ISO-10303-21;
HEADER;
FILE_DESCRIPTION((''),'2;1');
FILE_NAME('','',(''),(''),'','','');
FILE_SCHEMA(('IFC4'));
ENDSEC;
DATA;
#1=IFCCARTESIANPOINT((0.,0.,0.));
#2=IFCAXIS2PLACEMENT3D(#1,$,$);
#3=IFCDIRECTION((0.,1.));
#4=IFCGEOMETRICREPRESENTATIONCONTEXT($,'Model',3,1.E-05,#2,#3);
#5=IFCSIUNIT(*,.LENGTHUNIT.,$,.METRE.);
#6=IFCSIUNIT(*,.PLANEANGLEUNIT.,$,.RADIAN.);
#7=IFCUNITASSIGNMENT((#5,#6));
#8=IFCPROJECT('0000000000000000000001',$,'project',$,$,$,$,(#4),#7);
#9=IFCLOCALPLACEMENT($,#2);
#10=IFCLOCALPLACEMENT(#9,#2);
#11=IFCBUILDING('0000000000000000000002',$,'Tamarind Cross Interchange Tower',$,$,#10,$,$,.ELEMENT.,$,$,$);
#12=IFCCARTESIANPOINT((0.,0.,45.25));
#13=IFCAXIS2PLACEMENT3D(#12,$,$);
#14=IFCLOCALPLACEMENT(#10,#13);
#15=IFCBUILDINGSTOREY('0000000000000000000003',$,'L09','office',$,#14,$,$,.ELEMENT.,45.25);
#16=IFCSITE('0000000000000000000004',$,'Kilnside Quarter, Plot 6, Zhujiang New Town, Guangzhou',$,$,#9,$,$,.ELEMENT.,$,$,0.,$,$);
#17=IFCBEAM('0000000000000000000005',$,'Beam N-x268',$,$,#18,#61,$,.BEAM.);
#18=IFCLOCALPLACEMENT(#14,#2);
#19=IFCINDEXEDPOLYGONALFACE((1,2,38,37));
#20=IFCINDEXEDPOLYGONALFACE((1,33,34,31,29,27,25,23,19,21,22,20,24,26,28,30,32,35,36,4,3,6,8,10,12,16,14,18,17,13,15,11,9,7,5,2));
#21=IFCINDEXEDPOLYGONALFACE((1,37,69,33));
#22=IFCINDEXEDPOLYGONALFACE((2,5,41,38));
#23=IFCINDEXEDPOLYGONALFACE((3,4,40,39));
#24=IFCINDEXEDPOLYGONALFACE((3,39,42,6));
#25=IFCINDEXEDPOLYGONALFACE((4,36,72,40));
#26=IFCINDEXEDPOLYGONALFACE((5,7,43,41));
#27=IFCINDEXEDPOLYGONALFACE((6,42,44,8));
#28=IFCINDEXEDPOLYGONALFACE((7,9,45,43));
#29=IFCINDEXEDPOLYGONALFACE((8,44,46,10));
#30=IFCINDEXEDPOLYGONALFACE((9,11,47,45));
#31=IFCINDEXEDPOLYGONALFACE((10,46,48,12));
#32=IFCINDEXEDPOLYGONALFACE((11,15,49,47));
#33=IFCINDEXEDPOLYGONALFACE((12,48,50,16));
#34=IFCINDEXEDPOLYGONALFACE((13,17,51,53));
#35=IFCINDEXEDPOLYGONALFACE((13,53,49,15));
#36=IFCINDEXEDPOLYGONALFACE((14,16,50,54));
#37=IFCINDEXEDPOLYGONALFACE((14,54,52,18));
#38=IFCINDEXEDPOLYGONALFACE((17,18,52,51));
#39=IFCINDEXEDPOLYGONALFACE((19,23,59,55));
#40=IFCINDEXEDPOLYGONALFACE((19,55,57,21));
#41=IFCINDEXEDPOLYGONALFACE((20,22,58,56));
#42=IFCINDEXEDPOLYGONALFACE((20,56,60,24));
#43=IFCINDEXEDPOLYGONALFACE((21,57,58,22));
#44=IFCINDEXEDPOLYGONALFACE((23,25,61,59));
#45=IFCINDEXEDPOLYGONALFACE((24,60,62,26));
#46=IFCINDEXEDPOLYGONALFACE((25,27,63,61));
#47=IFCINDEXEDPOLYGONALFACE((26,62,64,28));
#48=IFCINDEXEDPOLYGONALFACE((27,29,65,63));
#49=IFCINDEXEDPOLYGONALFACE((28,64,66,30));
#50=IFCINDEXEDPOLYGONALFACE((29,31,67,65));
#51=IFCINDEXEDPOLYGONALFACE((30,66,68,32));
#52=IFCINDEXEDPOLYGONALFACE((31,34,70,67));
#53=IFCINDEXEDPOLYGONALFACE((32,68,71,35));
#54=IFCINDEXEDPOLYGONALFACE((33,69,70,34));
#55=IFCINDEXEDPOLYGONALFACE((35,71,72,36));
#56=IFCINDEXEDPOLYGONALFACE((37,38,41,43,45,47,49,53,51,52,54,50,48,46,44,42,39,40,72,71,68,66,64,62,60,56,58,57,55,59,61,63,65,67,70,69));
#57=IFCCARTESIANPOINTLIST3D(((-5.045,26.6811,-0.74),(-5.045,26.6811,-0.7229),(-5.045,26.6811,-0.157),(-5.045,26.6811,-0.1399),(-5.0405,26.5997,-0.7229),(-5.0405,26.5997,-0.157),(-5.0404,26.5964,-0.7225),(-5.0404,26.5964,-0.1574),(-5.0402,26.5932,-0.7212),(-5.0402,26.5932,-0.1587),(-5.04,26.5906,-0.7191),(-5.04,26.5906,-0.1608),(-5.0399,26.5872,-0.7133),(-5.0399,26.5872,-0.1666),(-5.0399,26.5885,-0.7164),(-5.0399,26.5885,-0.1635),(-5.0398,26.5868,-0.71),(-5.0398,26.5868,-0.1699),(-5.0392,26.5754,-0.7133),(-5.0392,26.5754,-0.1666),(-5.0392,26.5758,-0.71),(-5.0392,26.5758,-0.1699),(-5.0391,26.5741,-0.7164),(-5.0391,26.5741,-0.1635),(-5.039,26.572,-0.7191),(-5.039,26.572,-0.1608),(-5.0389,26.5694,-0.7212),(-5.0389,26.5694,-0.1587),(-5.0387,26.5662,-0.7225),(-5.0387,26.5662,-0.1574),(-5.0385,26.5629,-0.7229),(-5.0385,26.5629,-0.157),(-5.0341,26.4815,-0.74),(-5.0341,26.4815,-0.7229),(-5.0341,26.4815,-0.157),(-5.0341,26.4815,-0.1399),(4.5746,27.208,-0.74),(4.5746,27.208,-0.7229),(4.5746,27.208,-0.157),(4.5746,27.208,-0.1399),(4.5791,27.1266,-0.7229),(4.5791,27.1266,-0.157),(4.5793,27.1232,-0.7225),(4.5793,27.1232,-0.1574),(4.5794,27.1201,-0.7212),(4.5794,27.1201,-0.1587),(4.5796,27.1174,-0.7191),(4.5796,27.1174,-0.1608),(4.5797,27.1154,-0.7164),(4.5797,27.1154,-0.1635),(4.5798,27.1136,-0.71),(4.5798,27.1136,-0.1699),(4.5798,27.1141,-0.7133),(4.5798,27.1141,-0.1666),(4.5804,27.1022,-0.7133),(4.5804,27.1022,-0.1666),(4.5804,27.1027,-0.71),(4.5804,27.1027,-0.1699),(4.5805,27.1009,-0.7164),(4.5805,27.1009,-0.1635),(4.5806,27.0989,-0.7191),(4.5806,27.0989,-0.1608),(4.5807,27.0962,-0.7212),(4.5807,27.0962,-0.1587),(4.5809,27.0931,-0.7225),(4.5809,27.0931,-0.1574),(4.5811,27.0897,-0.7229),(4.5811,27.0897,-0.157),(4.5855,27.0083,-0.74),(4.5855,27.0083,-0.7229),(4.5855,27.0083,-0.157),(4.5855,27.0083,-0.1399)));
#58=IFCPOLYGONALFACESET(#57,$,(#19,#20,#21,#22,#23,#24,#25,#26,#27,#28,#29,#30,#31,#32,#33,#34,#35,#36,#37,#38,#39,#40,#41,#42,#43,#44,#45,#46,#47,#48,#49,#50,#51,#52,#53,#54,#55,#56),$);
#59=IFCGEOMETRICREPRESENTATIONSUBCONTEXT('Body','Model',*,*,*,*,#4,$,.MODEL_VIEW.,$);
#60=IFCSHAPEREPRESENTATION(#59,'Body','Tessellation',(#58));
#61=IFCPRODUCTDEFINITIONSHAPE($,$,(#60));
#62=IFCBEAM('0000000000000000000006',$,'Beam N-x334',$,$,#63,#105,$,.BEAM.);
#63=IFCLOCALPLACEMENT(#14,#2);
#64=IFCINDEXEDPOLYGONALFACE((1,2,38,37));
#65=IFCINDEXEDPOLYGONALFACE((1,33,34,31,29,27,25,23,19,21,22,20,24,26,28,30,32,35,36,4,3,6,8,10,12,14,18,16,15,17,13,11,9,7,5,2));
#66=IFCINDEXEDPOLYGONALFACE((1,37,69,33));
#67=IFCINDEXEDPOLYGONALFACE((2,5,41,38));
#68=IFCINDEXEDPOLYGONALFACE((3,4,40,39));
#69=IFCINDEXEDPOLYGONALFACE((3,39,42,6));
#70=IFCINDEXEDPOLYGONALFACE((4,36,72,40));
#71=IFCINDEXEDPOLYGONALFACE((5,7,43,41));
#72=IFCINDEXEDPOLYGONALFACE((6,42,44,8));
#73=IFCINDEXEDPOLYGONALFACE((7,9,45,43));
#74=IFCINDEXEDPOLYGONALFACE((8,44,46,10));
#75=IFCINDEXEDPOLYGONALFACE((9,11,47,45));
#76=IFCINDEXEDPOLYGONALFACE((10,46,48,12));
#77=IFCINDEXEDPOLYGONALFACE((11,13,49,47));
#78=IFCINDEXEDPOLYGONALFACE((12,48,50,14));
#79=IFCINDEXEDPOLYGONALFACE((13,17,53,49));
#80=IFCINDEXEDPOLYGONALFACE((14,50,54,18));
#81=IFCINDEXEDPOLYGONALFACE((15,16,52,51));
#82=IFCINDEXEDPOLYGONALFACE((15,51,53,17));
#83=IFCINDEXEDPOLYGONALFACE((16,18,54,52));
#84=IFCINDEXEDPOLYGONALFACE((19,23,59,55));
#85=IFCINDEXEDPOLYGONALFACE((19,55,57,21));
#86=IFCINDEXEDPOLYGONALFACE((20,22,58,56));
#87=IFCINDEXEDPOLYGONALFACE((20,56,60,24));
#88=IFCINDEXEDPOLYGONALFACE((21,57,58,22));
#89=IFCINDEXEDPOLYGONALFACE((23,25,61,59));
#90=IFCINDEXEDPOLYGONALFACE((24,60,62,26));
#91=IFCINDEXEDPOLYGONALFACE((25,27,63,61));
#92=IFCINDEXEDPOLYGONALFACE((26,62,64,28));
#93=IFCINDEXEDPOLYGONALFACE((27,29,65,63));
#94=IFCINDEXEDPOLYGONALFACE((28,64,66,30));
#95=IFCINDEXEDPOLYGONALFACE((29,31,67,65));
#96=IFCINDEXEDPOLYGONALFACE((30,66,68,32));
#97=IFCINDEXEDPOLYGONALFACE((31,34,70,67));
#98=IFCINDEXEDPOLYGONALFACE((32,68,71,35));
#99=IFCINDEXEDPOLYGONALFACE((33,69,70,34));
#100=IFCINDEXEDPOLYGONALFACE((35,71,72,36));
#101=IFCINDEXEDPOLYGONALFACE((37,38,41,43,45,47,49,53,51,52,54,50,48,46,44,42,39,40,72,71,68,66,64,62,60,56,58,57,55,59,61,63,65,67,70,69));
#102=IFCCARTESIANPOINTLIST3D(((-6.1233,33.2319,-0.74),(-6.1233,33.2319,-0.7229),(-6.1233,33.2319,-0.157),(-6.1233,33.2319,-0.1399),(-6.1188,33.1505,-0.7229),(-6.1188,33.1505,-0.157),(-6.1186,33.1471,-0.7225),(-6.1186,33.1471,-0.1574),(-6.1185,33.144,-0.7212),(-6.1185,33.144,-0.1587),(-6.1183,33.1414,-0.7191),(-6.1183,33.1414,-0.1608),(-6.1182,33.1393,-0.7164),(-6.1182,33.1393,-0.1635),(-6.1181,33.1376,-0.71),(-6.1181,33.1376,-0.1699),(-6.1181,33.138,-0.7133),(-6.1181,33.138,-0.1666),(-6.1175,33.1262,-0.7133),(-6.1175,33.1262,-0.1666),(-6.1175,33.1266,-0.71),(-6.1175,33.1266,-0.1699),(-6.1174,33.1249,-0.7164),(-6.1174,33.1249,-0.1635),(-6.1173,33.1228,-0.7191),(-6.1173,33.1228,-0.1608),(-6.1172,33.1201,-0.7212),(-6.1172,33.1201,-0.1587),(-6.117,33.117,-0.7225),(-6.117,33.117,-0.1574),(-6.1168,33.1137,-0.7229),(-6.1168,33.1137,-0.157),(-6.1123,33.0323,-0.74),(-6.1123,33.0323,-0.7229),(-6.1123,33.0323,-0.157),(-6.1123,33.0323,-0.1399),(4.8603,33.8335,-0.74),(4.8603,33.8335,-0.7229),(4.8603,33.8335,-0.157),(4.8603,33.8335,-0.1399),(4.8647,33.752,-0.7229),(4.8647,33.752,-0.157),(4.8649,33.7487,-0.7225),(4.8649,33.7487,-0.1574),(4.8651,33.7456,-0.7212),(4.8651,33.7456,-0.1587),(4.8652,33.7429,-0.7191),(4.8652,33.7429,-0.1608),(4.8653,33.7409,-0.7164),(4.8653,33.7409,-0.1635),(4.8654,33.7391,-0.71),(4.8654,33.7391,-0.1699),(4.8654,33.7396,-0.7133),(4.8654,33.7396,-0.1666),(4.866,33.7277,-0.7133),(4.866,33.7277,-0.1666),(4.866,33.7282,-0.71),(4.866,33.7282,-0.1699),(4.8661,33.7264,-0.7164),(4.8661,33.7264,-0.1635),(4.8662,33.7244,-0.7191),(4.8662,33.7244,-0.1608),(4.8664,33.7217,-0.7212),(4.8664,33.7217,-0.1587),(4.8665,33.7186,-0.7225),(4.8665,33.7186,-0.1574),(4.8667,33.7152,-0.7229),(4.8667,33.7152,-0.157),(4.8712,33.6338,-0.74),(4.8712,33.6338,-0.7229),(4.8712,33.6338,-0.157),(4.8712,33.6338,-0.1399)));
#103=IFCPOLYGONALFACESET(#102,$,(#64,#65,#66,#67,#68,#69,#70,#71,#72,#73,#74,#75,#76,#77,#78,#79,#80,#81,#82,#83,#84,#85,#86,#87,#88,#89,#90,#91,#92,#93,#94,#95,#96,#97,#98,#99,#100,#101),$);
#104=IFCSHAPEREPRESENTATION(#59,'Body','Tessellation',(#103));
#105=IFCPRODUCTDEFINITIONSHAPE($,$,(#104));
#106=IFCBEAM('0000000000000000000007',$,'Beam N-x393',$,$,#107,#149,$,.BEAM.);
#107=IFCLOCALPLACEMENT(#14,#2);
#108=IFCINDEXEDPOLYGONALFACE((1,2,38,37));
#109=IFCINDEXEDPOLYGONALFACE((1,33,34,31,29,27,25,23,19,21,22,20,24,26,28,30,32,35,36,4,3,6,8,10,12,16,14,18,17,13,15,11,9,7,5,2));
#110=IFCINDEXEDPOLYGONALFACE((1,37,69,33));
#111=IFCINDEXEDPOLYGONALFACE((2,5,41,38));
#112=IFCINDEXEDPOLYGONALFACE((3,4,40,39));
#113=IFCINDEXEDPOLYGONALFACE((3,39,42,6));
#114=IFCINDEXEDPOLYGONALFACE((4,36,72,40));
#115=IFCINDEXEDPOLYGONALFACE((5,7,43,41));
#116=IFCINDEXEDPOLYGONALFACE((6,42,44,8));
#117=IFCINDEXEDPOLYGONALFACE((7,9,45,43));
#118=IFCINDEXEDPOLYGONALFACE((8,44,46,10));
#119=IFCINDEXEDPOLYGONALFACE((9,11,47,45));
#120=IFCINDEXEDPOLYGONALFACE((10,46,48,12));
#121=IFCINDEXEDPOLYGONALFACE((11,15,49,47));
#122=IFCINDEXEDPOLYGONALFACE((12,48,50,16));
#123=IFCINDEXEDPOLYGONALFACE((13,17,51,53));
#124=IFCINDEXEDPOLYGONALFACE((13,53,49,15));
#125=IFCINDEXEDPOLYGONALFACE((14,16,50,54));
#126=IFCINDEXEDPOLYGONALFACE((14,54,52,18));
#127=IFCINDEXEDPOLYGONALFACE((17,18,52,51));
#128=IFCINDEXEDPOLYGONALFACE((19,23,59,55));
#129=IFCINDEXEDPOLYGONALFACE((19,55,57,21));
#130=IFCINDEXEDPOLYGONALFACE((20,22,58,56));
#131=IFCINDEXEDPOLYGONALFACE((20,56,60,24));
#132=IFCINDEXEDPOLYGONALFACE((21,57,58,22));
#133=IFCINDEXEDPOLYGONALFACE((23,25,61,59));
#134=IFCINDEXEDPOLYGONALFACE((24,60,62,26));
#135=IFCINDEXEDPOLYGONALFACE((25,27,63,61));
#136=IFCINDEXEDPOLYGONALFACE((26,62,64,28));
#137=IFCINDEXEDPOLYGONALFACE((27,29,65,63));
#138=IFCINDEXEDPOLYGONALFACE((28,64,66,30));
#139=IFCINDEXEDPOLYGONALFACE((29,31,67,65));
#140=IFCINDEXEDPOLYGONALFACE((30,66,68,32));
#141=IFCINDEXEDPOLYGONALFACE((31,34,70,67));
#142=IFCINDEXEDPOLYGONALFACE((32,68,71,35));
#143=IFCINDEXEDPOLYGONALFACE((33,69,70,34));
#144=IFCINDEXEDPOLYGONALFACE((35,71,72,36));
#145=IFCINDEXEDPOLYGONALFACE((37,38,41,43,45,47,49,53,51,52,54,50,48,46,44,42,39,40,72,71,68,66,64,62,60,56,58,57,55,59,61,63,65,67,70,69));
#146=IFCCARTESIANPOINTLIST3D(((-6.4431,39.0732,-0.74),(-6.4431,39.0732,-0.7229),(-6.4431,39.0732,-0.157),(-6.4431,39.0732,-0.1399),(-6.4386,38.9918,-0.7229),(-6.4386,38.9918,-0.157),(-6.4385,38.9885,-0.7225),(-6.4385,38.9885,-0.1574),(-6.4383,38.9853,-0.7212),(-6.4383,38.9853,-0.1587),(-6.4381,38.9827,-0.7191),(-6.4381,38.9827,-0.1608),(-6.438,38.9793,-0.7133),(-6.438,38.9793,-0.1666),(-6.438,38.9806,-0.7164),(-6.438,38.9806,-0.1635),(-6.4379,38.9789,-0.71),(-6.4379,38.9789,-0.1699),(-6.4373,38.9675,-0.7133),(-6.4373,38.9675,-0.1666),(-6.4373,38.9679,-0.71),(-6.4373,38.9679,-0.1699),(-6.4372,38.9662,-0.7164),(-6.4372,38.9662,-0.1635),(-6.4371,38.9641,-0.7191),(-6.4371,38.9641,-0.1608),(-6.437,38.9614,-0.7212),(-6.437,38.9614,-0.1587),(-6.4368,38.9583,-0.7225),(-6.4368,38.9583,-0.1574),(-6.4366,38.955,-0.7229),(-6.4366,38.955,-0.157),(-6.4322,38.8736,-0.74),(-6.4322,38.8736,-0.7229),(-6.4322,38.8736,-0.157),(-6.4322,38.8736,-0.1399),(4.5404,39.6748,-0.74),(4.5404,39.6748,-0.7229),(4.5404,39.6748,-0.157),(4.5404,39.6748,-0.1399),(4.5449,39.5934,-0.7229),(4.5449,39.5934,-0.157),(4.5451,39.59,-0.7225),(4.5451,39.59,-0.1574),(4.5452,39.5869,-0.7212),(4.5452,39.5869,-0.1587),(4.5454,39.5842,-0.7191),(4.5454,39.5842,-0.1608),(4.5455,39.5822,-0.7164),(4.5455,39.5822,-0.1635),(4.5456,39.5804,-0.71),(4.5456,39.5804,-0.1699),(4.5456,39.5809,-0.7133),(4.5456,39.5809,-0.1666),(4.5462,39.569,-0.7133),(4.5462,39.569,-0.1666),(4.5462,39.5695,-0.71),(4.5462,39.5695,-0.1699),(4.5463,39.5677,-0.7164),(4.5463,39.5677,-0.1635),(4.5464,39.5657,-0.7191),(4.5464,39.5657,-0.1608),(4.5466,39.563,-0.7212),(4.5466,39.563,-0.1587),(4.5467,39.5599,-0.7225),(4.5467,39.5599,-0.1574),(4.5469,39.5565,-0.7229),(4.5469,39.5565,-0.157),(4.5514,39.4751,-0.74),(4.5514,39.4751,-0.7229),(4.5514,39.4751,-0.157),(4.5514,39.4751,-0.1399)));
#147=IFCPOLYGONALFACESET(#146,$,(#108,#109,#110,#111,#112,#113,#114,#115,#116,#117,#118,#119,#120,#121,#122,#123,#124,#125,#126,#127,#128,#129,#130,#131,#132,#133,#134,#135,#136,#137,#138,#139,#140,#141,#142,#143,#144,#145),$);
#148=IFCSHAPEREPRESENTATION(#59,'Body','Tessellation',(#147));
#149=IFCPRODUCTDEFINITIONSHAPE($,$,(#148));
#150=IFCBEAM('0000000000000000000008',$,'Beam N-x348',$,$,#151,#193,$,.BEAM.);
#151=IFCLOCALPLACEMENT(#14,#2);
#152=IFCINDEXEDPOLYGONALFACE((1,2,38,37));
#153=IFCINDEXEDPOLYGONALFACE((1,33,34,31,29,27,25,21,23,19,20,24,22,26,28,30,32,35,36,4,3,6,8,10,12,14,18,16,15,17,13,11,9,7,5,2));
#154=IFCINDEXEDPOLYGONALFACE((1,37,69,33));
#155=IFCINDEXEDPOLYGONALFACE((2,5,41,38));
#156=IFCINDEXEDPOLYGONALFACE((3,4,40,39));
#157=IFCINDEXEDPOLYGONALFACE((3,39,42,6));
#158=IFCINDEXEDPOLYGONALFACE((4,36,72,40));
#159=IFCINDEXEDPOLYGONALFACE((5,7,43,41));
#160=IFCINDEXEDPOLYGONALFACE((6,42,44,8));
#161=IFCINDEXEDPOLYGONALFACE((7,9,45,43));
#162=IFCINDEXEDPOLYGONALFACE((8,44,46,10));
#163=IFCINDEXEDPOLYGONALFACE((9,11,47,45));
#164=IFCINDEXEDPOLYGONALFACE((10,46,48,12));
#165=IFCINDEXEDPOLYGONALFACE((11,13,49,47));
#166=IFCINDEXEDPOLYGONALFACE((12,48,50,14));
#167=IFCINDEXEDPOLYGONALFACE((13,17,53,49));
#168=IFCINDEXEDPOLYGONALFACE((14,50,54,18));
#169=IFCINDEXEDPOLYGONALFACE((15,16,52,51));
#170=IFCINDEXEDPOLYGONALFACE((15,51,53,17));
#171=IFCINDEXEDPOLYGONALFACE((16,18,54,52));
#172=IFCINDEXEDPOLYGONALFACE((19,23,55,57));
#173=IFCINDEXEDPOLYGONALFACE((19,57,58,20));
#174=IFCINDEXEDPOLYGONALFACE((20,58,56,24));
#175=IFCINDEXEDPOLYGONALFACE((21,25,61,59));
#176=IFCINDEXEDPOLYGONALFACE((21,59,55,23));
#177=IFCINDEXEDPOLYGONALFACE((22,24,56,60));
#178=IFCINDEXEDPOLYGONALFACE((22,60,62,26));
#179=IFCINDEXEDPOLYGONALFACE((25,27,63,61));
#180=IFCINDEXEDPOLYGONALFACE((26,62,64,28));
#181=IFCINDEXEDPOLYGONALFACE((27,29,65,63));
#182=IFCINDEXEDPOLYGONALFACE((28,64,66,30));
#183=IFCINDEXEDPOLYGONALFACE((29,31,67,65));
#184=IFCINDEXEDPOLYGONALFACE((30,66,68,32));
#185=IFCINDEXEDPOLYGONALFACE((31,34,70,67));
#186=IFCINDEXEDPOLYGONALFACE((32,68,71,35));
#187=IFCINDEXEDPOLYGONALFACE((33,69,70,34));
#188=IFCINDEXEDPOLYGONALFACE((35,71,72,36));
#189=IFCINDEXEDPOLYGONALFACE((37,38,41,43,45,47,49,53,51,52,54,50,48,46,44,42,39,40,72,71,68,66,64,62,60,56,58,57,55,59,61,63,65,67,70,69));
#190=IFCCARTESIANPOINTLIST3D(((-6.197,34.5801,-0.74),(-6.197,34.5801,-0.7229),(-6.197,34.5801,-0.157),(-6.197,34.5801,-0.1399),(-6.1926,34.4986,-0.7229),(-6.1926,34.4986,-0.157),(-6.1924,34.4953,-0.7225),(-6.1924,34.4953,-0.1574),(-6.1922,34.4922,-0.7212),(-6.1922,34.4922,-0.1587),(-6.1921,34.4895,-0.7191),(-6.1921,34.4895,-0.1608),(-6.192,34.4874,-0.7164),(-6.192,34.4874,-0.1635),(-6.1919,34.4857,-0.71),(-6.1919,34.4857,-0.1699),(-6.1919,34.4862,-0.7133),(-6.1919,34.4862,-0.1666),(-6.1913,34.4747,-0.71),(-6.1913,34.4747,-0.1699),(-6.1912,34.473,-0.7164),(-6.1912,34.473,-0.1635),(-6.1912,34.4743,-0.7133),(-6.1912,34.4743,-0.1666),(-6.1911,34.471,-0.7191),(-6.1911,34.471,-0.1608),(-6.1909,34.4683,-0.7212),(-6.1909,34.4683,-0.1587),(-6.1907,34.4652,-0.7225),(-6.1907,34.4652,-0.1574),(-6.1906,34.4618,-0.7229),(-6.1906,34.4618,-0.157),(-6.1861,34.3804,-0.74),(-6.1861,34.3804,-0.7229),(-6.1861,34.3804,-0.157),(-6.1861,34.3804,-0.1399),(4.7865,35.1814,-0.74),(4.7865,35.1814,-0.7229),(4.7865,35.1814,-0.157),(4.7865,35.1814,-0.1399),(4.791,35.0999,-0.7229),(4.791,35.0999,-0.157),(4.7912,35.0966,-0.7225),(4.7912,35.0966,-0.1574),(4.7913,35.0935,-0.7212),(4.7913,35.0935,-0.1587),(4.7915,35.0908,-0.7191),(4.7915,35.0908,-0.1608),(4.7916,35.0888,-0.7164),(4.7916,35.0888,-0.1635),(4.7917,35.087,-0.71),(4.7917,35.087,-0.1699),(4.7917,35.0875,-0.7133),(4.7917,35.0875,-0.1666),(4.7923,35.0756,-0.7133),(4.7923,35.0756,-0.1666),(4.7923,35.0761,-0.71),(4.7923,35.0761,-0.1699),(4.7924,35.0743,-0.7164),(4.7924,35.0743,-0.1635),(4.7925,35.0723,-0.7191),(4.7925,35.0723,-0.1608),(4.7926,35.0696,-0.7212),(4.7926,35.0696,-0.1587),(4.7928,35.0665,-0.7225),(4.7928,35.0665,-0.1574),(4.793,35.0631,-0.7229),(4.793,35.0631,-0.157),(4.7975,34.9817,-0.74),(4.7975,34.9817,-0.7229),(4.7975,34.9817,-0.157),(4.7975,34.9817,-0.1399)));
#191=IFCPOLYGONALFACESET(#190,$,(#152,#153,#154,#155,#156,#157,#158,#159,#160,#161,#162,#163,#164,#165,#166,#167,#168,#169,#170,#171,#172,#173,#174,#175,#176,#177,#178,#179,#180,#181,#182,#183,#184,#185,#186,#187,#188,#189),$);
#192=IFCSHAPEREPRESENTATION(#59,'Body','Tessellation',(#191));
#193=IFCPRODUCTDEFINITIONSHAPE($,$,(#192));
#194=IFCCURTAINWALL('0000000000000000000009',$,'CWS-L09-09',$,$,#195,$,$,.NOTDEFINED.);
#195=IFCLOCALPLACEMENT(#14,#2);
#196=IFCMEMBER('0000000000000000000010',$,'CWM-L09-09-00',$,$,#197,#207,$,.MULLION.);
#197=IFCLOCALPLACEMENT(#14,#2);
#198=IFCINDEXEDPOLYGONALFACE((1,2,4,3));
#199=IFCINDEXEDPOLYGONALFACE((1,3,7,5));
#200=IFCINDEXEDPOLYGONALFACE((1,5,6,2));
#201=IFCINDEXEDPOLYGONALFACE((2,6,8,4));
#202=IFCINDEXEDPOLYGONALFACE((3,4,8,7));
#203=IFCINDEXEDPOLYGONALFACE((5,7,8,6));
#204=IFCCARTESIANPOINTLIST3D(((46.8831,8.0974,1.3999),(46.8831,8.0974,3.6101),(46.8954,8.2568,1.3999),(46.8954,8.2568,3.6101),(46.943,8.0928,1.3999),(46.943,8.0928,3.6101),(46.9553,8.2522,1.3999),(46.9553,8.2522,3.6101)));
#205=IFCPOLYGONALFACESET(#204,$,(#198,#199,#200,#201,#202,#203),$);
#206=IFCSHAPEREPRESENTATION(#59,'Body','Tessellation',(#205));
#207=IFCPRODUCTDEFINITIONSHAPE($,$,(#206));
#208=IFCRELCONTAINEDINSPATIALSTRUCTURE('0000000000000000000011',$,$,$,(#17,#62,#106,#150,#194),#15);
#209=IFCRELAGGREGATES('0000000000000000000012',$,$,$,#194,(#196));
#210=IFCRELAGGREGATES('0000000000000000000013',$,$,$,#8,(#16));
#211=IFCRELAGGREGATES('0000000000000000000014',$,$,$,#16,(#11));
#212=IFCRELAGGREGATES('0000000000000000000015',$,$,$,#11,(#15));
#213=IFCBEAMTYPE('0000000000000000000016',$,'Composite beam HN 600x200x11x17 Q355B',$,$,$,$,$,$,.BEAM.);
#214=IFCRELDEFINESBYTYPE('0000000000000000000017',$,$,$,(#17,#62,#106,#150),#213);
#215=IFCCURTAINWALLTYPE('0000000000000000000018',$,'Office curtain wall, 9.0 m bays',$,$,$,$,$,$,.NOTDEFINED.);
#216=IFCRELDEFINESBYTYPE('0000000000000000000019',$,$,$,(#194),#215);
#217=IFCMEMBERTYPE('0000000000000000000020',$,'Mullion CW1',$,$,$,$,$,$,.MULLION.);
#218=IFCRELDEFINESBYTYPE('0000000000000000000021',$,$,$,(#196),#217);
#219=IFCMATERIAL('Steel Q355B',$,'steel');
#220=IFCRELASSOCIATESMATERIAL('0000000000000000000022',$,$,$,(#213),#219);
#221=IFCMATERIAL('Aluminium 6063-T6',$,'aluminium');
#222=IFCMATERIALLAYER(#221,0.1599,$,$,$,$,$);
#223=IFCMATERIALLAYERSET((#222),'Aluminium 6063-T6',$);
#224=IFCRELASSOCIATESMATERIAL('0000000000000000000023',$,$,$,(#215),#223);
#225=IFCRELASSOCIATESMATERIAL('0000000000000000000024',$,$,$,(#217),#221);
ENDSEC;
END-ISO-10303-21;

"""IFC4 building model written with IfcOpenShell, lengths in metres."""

from ifc_helpers import new_model, si_unit, direction, frame, origin, origin_2d, place, context, subcontext, project, spatial, rectangle, i_section, extrude, material, layer, layer_set, material_profile, profile_set, type_object, element, aggregate, save


model = new_model("IFC4")

# Units and contexts
model_context = context("Model", 3, precision=1e-05, world=origin(), true_north=direction((0.0, 1.0)))
body_context = subcontext(model_context, "Body", "Model", "MODEL_VIEW")
ifc_project = project(units=[si_unit("LENGTHUNIT", "METRE"), si_unit("PLANEANGLEUNIT", "RADIAN")], contexts=[model_context])

# Site, building, storey
site_placement = place(None, origin())
site = spatial("IfcSite", under=ifc_project, at=site_placement, Name="Kilnside Quarter, Plot 6, Zhujiang New Town, Guangzhou", CompositionType="ELEMENT", RefElevation=0.0)
building_placement = place(site_placement, origin())
building = spatial("IfcBuilding", under=site, at=building_placement, Name="Tamarind Cross Interchange Tower", CompositionType="ELEMENT")
storey_placement = place(building_placement, frame((0.0, 0.0, 45.25)))
storey = spatial("IfcBuildingStorey", under=building, at=storey_placement, Name="L09", Description="office", CompositionType="ELEMENT", Elevation=45.25)

# Beams
ifc_material_1 = material(Name="Steel Q355B", Category="steel")
ifc_material_profile_1 = material_profile(ifc_material_1, i_section(OverallWidth=0.2, OverallDepth=0.6001, WebThickness=0.011, FlangeThickness=0.0171, FilletRadius=0.0129, at=origin_2d()), Name="HN 600x200x11x17")
ifc_profile_set_1 = profile_set([ifc_material_profile_1], Name="Steel Q355B")
beam_type_1 = type_object("IfcBeamType", Name="Composite beam HN 600x200x11x17 Q355B", PredefinedType="BEAM", material=ifc_profile_set_1)
beam_1_placement = place(storey_placement, frame((4.5801, 27.1082, -0.4399), z_axis=(-0.998504, -0.054687, 0.0), x_axis=(0.054687, -0.998504, 0.0)))
element("IfcBeam", 1, at=beam_1_placement, inside=storey, type_object=beam_type_1, Name="Beam N-x268", PredefinedType="BEAM", context=body_context, shape_type="SweptSolid", body=[
    extrude(i_section(OverallWidth=0.2, OverallDepth=0.6001, WebThickness=0.011, FlangeThickness=0.0171, FilletRadius=0.0129, at=origin_2d()), origin(), (0.0, 0.0, 1.0), 9.634),
])
for number, where, z_axis, x_axis, name in (
    (2, (4.8657, 33.7336, -0.4399), (-0.998504, -0.054687, 0.0), (0.054687, -0.998504, 0.0), "Beam N-x334"),
    (3, (4.5459, 39.575, -0.4399), (-0.998504, -0.054687, 0.0), (0.054687, -0.998504, 0.0), "Beam N-x393"),
    (4, (4.792, 35.0815, -0.4399), (-0.998505, -0.054665, 0.0), (0.054665, -0.998505, 0.0), "Beam N-x348"),
):
    element("IfcBeam", number, at=place(storey_placement, frame(where, z_axis=z_axis, x_axis=x_axis)), inside=storey, type_object=beam_type_1, Name=name, PredefinedType="BEAM", context=body_context, shape_type="SweptSolid", body=[
        extrude(i_section(OverallWidth=0.2, OverallDepth=0.6001, WebThickness=0.011, FlangeThickness=0.0171, FilletRadius=0.0129, at=origin_2d()), origin(), (0.0, 0.0, 1.0), 11.0),
    ])

# Curtain wall, member
ifc_material_2 = material(Name="Aluminium 6063-T6", Category="aluminium")
ifc_layer_1 = layer(ifc_material_2, 0.1599)
ifc_layer_set_1 = layer_set([ifc_layer_1], Name="Aluminium 6063-T6")
curtain_wall_type = type_object("IfcCurtainWallType", Name="Office curtain wall, 9.0 m bays", PredefinedType="NOTDEFINED", material=ifc_layer_set_1)
curtain_wall_1_placement = place(storey_placement, origin())
curtain_wall_1 = element("IfcCurtainWall", 5, at=curtain_wall_1_placement, inside=storey, type_object=curtain_wall_type, Name="CWS-L09-09", PredefinedType="NOTDEFINED")
ifc_material_profile_2 = material_profile(ifc_material_2, rectangle(XDim=0.0601, YDim=0.1599, at=origin_2d()), Name="Mullion CW1")
ifc_profile_set_2 = profile_set([ifc_material_profile_2], Name="Aluminium 6063-T6")
member_type = type_object("IfcMemberType", Name="Mullion CW1", PredefinedType="MULLION", material=ifc_profile_set_2)
member_1_placement = place(storey_placement, frame((46.9192, 8.1748, 1.3999), z_axis=(0.0, 0.0, 1.0), x_axis=(-0.997014, 0.077219, 0.0)))
member_1 = element("IfcMember", 6, at=member_1_placement, type_object=member_type, Name="CWM-L09-09-00", PredefinedType="MULLION", context=body_context, shape_type="SweptSolid", body=[
    extrude(rectangle(XDim=0.0601, YDim=0.1599, at=origin_2d()), origin(), (0.0, 0.0, 1.0), 2.2102),
])
aggregate(curtain_wall_1, [member_1])

save(model, "model.ifc")
